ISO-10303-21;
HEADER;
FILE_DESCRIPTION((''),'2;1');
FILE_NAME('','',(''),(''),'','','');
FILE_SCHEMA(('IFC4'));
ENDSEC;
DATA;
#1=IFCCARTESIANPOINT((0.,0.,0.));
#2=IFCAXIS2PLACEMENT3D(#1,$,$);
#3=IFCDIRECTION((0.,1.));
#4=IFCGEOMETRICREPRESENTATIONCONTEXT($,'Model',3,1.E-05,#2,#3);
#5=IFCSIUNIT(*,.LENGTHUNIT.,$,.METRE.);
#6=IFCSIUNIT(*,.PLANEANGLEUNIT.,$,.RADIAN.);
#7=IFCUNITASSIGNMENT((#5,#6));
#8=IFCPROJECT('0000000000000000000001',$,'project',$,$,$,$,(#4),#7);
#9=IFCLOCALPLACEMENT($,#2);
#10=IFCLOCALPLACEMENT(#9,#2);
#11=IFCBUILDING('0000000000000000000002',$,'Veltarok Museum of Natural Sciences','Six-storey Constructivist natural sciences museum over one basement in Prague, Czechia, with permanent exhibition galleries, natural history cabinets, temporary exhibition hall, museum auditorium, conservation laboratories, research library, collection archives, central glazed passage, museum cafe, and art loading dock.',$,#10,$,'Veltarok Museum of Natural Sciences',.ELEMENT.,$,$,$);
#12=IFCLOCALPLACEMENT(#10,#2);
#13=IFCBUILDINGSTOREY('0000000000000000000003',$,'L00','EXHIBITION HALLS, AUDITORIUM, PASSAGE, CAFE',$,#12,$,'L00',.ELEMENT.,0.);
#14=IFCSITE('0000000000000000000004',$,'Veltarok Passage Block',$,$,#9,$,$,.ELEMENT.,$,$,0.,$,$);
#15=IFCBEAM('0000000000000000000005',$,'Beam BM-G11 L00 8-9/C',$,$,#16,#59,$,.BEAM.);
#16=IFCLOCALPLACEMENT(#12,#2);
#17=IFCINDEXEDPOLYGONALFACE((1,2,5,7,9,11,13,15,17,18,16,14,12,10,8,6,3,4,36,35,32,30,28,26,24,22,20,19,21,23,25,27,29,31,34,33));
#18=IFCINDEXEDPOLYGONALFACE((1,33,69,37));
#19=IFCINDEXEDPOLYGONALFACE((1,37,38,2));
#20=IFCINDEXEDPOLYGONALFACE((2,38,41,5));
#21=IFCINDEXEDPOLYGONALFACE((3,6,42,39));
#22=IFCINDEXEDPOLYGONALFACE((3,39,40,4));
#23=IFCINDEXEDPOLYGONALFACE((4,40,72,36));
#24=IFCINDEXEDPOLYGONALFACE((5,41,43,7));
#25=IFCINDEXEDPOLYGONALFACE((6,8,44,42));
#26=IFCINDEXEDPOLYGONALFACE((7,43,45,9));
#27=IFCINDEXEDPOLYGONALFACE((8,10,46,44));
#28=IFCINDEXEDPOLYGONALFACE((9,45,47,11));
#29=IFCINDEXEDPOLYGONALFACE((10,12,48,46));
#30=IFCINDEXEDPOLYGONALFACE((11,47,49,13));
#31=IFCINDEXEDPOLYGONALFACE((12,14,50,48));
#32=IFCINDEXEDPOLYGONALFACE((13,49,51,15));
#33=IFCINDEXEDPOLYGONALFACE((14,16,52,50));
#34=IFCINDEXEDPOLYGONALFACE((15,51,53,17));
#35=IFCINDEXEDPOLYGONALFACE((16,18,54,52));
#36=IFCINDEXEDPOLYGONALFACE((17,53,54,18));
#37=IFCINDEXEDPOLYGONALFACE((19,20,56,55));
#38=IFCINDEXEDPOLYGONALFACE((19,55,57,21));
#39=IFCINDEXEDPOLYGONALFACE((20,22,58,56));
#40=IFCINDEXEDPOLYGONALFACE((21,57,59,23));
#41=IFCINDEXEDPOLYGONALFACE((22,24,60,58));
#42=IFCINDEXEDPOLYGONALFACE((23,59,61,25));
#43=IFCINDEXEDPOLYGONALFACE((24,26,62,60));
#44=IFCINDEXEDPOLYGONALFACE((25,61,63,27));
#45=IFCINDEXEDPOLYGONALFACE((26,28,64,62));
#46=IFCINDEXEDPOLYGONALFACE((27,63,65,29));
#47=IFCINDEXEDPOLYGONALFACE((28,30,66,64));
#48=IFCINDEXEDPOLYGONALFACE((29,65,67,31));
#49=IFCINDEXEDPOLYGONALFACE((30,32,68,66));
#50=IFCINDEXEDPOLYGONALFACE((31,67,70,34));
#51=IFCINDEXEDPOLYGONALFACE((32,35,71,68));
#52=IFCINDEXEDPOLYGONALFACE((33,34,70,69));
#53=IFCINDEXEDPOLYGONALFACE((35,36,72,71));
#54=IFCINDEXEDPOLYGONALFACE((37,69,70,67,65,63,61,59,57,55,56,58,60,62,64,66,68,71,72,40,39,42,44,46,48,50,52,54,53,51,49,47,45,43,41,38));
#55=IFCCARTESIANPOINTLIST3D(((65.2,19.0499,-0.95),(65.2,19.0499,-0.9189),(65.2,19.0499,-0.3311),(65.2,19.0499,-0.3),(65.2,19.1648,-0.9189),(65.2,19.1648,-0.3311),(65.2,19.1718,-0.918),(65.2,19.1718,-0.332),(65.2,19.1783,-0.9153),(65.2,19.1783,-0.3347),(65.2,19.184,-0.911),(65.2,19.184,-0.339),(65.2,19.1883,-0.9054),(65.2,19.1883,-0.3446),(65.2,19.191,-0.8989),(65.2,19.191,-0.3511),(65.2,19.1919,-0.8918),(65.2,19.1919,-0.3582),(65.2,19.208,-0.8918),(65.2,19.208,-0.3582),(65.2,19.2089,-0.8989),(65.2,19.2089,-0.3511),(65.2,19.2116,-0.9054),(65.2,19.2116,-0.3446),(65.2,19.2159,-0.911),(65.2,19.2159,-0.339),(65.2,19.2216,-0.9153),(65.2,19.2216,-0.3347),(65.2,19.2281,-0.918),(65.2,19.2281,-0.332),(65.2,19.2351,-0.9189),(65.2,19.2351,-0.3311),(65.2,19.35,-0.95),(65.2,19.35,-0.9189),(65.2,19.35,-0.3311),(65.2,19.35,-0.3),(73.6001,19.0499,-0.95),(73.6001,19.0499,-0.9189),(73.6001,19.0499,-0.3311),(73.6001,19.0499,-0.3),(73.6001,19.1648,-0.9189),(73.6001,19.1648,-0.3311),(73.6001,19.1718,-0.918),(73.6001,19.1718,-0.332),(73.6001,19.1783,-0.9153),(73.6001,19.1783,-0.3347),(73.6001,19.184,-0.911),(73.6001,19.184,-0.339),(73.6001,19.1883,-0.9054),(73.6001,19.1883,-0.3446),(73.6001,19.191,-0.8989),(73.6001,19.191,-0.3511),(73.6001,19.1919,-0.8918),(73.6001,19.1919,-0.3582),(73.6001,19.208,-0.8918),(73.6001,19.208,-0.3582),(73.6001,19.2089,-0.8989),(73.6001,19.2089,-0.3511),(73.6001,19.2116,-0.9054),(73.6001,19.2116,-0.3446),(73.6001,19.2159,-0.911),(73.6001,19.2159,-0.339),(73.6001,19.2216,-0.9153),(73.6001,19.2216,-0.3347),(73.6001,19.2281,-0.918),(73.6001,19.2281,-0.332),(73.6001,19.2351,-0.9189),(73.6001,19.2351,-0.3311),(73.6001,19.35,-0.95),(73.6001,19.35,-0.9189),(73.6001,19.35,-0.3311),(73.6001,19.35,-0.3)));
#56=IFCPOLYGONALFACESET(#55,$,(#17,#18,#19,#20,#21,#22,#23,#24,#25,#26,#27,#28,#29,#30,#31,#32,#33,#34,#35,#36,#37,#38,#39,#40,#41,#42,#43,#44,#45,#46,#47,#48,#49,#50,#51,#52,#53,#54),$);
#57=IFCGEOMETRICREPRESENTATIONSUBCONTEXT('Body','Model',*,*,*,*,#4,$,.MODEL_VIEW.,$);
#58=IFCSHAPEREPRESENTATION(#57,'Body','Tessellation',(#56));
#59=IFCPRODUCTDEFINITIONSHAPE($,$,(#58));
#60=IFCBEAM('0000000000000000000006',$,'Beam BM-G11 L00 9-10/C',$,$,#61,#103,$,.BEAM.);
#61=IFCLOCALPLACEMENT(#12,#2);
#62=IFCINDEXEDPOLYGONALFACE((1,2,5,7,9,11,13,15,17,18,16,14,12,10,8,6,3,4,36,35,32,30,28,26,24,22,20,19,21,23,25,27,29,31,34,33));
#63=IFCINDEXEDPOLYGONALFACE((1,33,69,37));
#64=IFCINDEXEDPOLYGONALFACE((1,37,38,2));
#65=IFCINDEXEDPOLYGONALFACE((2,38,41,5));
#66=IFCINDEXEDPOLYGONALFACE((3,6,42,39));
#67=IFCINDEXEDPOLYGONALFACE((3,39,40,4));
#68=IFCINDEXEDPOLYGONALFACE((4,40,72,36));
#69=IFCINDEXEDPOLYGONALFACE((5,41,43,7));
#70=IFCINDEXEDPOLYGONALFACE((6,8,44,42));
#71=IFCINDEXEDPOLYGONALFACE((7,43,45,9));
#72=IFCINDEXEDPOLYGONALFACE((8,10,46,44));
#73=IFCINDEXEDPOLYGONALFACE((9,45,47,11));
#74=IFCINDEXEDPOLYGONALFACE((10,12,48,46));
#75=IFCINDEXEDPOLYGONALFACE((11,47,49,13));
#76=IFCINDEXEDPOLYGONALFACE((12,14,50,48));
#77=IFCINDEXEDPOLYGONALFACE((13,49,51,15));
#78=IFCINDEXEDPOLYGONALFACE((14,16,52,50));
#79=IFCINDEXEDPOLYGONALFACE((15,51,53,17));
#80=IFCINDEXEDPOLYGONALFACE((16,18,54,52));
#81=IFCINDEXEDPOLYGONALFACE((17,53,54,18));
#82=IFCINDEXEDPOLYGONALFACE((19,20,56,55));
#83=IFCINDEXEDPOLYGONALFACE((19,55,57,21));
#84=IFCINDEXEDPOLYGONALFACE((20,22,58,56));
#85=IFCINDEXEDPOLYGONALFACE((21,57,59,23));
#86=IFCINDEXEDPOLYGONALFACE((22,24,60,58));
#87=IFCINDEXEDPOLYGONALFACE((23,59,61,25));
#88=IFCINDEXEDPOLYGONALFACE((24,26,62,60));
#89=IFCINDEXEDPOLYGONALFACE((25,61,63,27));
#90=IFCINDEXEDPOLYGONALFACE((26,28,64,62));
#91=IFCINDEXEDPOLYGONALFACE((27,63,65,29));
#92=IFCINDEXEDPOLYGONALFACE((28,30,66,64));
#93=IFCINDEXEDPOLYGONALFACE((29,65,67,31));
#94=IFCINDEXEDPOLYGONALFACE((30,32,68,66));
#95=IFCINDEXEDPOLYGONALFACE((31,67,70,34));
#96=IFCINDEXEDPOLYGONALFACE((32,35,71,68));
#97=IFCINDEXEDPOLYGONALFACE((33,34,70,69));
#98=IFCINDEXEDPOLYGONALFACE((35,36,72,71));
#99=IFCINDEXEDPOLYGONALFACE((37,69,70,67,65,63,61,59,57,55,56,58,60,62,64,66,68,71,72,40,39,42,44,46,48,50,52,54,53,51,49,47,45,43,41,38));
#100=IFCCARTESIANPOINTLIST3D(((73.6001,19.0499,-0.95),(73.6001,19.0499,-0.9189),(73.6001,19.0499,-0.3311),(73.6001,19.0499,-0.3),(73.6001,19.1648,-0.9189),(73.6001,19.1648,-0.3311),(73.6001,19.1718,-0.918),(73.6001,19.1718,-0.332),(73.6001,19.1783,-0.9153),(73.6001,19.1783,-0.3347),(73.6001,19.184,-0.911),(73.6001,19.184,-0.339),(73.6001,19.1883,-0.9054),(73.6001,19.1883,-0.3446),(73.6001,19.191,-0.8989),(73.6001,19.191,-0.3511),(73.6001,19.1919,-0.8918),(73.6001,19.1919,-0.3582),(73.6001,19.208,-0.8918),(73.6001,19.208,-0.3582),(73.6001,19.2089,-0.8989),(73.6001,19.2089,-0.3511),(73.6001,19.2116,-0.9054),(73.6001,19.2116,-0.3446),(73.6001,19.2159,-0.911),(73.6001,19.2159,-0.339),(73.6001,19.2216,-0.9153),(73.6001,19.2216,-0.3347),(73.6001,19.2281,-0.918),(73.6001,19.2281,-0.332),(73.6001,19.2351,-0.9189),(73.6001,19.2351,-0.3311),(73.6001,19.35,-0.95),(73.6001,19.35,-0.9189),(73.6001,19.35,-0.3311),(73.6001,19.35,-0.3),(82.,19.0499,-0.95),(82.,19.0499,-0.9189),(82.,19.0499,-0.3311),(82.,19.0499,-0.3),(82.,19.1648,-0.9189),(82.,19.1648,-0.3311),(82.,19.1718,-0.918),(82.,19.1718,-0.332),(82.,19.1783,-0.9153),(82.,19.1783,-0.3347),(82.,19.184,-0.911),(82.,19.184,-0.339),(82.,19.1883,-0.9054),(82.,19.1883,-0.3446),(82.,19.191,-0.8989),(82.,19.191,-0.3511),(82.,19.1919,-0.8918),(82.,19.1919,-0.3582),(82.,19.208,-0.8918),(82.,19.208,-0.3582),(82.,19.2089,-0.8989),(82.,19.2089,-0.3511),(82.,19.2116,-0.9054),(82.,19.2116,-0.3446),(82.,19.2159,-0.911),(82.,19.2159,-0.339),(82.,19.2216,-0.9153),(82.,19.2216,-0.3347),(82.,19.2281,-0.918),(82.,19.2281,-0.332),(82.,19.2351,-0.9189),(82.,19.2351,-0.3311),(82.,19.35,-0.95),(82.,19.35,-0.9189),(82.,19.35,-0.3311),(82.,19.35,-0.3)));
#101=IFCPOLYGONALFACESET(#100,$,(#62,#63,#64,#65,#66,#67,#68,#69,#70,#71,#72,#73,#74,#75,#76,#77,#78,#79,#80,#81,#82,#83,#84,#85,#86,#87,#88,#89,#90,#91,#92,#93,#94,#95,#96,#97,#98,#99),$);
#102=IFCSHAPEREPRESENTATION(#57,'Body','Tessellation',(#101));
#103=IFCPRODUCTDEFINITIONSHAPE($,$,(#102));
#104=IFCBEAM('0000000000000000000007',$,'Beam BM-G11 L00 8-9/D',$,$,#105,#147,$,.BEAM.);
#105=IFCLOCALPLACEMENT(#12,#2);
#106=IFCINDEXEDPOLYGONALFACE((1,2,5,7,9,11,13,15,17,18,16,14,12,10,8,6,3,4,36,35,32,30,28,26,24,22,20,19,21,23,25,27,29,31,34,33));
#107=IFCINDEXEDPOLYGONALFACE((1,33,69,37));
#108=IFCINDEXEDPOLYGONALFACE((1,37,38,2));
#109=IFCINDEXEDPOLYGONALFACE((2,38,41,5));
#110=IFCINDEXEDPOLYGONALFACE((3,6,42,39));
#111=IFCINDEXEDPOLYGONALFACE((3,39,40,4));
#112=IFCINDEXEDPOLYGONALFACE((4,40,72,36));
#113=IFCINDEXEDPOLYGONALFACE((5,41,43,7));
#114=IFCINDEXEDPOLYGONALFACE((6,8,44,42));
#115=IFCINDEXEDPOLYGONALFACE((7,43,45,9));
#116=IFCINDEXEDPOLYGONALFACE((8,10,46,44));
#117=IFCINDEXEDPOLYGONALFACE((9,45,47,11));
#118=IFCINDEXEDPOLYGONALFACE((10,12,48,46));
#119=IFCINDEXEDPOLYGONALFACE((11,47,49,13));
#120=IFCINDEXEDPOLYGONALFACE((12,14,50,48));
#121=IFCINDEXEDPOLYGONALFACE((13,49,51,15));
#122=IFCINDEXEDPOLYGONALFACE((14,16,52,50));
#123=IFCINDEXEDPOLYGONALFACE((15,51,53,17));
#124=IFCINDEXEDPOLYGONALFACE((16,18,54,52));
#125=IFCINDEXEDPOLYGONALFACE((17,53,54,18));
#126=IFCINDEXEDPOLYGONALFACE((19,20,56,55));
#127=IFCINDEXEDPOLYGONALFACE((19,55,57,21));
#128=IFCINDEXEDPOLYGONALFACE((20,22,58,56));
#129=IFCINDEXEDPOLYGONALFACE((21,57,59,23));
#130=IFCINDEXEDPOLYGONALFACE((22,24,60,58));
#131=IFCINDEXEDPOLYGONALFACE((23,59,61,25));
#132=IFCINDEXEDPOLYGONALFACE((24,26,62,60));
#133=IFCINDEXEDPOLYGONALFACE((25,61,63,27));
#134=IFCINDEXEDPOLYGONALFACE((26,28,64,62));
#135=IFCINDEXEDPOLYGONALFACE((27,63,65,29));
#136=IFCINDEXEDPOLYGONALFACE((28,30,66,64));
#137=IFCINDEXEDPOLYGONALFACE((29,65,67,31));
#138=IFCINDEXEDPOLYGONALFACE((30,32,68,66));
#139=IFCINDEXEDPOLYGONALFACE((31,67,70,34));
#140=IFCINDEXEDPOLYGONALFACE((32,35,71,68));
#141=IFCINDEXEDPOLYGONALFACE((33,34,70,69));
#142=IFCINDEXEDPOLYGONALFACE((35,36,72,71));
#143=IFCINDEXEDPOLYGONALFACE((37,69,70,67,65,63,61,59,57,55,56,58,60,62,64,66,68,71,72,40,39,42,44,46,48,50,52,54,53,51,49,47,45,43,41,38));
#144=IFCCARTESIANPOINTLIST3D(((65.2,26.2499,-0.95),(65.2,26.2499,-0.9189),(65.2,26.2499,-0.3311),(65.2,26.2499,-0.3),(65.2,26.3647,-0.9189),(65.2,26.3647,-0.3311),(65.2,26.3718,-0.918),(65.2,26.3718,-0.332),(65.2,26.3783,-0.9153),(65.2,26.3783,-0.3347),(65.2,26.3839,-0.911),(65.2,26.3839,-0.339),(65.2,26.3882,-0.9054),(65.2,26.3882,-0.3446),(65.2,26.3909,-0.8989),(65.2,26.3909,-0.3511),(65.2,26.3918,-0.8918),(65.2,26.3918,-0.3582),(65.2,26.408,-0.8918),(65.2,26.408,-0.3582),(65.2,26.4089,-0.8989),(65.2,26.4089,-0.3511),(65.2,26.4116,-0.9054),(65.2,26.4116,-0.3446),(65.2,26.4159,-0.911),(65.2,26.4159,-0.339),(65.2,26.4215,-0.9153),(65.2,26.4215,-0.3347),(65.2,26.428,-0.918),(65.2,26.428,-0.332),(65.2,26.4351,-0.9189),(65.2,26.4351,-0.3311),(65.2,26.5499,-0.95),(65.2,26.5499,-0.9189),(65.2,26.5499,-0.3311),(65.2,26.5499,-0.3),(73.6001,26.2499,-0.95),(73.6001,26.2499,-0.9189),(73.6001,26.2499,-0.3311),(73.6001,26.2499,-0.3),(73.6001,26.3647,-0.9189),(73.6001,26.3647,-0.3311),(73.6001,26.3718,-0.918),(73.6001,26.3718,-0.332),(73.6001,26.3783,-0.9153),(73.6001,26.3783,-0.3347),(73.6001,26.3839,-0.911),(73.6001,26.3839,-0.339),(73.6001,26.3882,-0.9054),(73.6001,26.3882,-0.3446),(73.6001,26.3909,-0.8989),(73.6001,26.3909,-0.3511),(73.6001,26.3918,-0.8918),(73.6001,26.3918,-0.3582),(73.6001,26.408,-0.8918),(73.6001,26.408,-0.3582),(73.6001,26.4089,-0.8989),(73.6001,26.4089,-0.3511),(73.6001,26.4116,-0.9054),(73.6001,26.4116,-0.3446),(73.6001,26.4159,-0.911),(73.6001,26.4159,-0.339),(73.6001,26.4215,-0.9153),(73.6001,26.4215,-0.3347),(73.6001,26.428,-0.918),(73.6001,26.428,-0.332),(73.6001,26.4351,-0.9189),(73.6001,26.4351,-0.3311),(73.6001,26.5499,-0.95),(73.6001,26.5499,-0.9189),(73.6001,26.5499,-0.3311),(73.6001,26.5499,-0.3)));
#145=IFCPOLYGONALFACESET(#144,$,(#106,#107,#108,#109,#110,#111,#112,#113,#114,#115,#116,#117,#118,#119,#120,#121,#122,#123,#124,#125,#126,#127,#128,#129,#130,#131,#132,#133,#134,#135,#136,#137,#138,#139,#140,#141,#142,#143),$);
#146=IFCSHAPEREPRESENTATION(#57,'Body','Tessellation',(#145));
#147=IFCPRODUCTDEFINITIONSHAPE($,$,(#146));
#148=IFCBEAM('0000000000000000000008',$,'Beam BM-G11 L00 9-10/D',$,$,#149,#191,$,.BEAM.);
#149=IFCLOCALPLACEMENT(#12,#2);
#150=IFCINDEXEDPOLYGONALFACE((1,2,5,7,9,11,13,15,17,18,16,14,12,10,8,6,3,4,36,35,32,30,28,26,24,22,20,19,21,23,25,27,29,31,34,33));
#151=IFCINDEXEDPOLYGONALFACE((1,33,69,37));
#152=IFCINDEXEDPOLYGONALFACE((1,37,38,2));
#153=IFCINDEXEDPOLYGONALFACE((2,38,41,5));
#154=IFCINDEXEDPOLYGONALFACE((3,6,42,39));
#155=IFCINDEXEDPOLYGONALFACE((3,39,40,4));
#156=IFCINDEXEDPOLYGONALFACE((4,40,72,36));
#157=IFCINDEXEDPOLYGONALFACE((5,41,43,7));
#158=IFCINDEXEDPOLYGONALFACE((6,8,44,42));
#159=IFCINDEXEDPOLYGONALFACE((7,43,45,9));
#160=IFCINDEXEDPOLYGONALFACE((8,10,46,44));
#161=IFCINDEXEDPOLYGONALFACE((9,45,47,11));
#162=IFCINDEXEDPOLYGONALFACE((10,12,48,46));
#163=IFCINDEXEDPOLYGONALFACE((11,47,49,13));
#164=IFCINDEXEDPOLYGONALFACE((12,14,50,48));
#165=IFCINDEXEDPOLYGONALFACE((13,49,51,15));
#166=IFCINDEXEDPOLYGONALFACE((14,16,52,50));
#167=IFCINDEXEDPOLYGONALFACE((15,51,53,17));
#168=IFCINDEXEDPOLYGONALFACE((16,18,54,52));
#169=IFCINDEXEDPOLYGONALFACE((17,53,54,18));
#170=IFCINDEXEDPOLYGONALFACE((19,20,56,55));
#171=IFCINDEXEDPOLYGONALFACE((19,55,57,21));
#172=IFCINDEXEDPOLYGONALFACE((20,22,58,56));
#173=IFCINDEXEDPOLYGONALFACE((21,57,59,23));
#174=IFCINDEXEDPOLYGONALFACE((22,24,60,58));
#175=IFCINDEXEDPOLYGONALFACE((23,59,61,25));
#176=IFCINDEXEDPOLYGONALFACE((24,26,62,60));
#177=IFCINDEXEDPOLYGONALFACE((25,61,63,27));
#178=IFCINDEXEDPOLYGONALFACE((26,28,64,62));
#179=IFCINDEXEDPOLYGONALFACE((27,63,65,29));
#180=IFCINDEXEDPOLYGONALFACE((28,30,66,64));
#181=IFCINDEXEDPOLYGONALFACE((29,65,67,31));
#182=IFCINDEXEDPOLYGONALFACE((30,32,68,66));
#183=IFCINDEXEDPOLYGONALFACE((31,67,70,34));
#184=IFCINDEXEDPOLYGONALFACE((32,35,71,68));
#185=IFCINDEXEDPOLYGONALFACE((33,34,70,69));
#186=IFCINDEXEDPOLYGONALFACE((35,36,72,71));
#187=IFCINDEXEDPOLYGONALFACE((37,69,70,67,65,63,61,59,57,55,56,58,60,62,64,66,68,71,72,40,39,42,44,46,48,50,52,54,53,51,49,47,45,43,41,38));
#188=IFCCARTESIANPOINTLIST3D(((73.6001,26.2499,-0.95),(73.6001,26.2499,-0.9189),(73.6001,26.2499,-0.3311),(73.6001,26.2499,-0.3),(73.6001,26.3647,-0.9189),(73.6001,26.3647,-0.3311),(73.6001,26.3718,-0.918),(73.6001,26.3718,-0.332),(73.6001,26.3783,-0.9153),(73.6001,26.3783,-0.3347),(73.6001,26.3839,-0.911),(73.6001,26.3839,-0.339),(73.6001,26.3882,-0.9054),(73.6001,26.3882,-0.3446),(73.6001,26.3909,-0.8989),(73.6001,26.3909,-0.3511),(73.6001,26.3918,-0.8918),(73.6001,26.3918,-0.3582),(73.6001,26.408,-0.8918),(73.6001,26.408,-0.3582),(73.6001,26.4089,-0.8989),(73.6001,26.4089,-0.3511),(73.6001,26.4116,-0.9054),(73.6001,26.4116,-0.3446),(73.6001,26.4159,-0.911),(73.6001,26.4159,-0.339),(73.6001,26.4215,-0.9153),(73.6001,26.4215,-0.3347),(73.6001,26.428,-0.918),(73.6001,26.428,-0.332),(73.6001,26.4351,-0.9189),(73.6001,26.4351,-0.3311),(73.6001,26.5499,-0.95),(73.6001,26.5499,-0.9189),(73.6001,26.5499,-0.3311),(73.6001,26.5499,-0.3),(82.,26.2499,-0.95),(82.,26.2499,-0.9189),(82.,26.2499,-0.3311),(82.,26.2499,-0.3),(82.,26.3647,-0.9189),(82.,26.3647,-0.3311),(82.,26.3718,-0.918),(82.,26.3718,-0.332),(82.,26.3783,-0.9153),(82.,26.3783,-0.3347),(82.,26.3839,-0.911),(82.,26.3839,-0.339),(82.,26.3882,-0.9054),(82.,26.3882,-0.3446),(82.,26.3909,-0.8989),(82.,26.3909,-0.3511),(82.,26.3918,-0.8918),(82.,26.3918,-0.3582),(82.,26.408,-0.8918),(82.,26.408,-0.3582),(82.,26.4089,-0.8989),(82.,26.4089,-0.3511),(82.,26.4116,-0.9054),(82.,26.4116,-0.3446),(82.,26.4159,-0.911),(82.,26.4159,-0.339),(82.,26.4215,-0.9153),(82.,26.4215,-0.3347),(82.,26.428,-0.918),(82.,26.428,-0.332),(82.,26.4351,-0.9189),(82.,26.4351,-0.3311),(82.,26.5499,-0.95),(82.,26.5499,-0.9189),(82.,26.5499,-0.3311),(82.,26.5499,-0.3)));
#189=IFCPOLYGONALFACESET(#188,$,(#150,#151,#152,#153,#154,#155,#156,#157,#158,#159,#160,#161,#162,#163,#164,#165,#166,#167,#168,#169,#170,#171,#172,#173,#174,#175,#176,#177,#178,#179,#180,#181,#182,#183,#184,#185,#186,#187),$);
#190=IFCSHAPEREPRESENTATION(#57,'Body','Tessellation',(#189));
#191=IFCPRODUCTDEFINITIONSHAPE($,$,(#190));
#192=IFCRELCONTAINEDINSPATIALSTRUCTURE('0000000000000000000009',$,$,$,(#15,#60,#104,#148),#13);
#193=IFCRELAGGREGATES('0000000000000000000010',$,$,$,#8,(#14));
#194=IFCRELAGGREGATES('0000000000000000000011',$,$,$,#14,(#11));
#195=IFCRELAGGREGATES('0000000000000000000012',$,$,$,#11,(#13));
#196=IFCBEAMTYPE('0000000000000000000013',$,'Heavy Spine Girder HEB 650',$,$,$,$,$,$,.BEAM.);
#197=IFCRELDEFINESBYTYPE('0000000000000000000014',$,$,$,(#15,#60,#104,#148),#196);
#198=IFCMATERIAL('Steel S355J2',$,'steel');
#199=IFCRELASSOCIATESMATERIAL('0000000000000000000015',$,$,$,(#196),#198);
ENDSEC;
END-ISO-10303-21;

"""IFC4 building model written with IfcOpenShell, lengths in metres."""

from ifc_helpers import new_model, si_unit, direction, frame, origin, origin_2d, place, context, subcontext, project, spatial, i_section, extrude, material, material_profile, profile_set, type_object, element, save


model = new_model("IFC4")

# Units and contexts
model_context = context("Model", 3, precision=1e-05, world=origin(), true_north=direction((0.0, 1.0)))
body_context = subcontext(model_context, "Body", "Model", "MODEL_VIEW")
ifc_project = project(units=[si_unit("LENGTHUNIT", "METRE"), si_unit("PLANEANGLEUNIT", "RADIAN")], contexts=[model_context])

# Site, building, storey
site_placement = place(None, origin())
site = spatial("IfcSite", under=ifc_project, at=site_placement, Name="Veltarok Passage Block", CompositionType="ELEMENT", RefElevation=0.0)
building_placement = place(site_placement, origin())
building = spatial("IfcBuilding", under=site, at=building_placement, Name="Veltarok Museum of Natural Sciences", Description="Six-storey Constructivist natural sciences museum over one basement in Prague, Czechia, with permanent exhibition galleries, natural history cabinets, temporary exhibition hall, museum auditorium, conservation laboratories, research library, collection archives, central glazed passage, museum cafe, and art loading dock.", LongName="Veltarok Museum of Natural Sciences", CompositionType="ELEMENT")
storey_placement = place(building_placement, origin())
storey = spatial("IfcBuildingStorey", under=building, at=storey_placement, Name="L00", Description="EXHIBITION HALLS, AUDITORIUM, PASSAGE, CAFE", LongName="L00", CompositionType="ELEMENT", Elevation=0.0)

# Shared definitions
ifc_material_1 = material(Name="Steel S355J2", Category="steel")

# Beams
ifc_material_profile_1 = material_profile(ifc_material_1, i_section(OverallWidth=0.3, OverallDepth=0.6499, WebThickness=0.0161, FlangeThickness=0.031, FilletRadius=0.0271, at=origin_2d()), Name="HEB 650")
ifc_profile_set_1 = profile_set([ifc_material_profile_1], Name="Steel S355J2")
beam_type_1 = type_object("IfcBeamType", Name="Heavy Spine Girder HEB 650", PredefinedType="BEAM", material=ifc_profile_set_1)
beam_1_placement = place(storey_placement, frame((65.2, 19.2, -0.625), z_axis=(1.0, 0.0, 0.0), x_axis=(0.0, 1.0, 0.0)))
element("IfcBeam", 1, at=beam_1_placement, inside=storey, type_object=beam_type_1, Name="Beam BM-G11 L00 8-9/C", PredefinedType="BEAM", context=body_context, shape_type="SweptSolid", body=[
    extrude(i_section(OverallWidth=0.3, OverallDepth=0.6499, WebThickness=0.0161, FlangeThickness=0.031, FilletRadius=0.0271, at=origin_2d()), origin(), (0.0, 0.0, 1.0), 8.4001),
])
beam_2_placement = place(storey_placement, frame((73.6001, 19.2, -0.625), z_axis=(1.0, 0.0, 0.0), x_axis=(0.0, 1.0, 0.0)))
element("IfcBeam", 2, at=beam_2_placement, inside=storey, type_object=beam_type_1, Name="Beam BM-G11 L00 9-10/C", PredefinedType="BEAM", context=body_context, shape_type="SweptSolid", body=[
    extrude(i_section(OverallWidth=0.3, OverallDepth=0.6499, WebThickness=0.0161, FlangeThickness=0.031, FilletRadius=0.0271, at=origin_2d()), origin(), (0.0, 0.0, 1.0), 8.3999),
])
beam_3_placement = place(storey_placement, frame((65.2, 26.3999, -0.625), z_axis=(1.0, 0.0, 0.0), x_axis=(0.0, 1.0, 0.0)))
element("IfcBeam", 3, at=beam_3_placement, inside=storey, type_object=beam_type_1, Name="Beam BM-G11 L00 8-9/D", PredefinedType="BEAM", context=body_context, shape_type="SweptSolid", body=[
    extrude(i_section(OverallWidth=0.3, OverallDepth=0.6499, WebThickness=0.0161, FlangeThickness=0.031, FilletRadius=0.0271, at=origin_2d()), origin(), (0.0, 0.0, 1.0), 8.4001),
])
beam_4_placement = place(storey_placement, frame((73.6001, 26.3999, -0.625), z_axis=(1.0, 0.0, 0.0), x_axis=(0.0, 1.0, 0.0)))
element("IfcBeam", 4, at=beam_4_placement, inside=storey, type_object=beam_type_1, Name="Beam BM-G11 L00 9-10/D", PredefinedType="BEAM", context=body_context, shape_type="SweptSolid", body=[
    extrude(i_section(OverallWidth=0.3, OverallDepth=0.6499, WebThickness=0.0161, FlangeThickness=0.031, FilletRadius=0.0271, at=origin_2d()), origin(), (0.0, 0.0, 1.0), 8.3999),
])

save(model, "model.ifc")
